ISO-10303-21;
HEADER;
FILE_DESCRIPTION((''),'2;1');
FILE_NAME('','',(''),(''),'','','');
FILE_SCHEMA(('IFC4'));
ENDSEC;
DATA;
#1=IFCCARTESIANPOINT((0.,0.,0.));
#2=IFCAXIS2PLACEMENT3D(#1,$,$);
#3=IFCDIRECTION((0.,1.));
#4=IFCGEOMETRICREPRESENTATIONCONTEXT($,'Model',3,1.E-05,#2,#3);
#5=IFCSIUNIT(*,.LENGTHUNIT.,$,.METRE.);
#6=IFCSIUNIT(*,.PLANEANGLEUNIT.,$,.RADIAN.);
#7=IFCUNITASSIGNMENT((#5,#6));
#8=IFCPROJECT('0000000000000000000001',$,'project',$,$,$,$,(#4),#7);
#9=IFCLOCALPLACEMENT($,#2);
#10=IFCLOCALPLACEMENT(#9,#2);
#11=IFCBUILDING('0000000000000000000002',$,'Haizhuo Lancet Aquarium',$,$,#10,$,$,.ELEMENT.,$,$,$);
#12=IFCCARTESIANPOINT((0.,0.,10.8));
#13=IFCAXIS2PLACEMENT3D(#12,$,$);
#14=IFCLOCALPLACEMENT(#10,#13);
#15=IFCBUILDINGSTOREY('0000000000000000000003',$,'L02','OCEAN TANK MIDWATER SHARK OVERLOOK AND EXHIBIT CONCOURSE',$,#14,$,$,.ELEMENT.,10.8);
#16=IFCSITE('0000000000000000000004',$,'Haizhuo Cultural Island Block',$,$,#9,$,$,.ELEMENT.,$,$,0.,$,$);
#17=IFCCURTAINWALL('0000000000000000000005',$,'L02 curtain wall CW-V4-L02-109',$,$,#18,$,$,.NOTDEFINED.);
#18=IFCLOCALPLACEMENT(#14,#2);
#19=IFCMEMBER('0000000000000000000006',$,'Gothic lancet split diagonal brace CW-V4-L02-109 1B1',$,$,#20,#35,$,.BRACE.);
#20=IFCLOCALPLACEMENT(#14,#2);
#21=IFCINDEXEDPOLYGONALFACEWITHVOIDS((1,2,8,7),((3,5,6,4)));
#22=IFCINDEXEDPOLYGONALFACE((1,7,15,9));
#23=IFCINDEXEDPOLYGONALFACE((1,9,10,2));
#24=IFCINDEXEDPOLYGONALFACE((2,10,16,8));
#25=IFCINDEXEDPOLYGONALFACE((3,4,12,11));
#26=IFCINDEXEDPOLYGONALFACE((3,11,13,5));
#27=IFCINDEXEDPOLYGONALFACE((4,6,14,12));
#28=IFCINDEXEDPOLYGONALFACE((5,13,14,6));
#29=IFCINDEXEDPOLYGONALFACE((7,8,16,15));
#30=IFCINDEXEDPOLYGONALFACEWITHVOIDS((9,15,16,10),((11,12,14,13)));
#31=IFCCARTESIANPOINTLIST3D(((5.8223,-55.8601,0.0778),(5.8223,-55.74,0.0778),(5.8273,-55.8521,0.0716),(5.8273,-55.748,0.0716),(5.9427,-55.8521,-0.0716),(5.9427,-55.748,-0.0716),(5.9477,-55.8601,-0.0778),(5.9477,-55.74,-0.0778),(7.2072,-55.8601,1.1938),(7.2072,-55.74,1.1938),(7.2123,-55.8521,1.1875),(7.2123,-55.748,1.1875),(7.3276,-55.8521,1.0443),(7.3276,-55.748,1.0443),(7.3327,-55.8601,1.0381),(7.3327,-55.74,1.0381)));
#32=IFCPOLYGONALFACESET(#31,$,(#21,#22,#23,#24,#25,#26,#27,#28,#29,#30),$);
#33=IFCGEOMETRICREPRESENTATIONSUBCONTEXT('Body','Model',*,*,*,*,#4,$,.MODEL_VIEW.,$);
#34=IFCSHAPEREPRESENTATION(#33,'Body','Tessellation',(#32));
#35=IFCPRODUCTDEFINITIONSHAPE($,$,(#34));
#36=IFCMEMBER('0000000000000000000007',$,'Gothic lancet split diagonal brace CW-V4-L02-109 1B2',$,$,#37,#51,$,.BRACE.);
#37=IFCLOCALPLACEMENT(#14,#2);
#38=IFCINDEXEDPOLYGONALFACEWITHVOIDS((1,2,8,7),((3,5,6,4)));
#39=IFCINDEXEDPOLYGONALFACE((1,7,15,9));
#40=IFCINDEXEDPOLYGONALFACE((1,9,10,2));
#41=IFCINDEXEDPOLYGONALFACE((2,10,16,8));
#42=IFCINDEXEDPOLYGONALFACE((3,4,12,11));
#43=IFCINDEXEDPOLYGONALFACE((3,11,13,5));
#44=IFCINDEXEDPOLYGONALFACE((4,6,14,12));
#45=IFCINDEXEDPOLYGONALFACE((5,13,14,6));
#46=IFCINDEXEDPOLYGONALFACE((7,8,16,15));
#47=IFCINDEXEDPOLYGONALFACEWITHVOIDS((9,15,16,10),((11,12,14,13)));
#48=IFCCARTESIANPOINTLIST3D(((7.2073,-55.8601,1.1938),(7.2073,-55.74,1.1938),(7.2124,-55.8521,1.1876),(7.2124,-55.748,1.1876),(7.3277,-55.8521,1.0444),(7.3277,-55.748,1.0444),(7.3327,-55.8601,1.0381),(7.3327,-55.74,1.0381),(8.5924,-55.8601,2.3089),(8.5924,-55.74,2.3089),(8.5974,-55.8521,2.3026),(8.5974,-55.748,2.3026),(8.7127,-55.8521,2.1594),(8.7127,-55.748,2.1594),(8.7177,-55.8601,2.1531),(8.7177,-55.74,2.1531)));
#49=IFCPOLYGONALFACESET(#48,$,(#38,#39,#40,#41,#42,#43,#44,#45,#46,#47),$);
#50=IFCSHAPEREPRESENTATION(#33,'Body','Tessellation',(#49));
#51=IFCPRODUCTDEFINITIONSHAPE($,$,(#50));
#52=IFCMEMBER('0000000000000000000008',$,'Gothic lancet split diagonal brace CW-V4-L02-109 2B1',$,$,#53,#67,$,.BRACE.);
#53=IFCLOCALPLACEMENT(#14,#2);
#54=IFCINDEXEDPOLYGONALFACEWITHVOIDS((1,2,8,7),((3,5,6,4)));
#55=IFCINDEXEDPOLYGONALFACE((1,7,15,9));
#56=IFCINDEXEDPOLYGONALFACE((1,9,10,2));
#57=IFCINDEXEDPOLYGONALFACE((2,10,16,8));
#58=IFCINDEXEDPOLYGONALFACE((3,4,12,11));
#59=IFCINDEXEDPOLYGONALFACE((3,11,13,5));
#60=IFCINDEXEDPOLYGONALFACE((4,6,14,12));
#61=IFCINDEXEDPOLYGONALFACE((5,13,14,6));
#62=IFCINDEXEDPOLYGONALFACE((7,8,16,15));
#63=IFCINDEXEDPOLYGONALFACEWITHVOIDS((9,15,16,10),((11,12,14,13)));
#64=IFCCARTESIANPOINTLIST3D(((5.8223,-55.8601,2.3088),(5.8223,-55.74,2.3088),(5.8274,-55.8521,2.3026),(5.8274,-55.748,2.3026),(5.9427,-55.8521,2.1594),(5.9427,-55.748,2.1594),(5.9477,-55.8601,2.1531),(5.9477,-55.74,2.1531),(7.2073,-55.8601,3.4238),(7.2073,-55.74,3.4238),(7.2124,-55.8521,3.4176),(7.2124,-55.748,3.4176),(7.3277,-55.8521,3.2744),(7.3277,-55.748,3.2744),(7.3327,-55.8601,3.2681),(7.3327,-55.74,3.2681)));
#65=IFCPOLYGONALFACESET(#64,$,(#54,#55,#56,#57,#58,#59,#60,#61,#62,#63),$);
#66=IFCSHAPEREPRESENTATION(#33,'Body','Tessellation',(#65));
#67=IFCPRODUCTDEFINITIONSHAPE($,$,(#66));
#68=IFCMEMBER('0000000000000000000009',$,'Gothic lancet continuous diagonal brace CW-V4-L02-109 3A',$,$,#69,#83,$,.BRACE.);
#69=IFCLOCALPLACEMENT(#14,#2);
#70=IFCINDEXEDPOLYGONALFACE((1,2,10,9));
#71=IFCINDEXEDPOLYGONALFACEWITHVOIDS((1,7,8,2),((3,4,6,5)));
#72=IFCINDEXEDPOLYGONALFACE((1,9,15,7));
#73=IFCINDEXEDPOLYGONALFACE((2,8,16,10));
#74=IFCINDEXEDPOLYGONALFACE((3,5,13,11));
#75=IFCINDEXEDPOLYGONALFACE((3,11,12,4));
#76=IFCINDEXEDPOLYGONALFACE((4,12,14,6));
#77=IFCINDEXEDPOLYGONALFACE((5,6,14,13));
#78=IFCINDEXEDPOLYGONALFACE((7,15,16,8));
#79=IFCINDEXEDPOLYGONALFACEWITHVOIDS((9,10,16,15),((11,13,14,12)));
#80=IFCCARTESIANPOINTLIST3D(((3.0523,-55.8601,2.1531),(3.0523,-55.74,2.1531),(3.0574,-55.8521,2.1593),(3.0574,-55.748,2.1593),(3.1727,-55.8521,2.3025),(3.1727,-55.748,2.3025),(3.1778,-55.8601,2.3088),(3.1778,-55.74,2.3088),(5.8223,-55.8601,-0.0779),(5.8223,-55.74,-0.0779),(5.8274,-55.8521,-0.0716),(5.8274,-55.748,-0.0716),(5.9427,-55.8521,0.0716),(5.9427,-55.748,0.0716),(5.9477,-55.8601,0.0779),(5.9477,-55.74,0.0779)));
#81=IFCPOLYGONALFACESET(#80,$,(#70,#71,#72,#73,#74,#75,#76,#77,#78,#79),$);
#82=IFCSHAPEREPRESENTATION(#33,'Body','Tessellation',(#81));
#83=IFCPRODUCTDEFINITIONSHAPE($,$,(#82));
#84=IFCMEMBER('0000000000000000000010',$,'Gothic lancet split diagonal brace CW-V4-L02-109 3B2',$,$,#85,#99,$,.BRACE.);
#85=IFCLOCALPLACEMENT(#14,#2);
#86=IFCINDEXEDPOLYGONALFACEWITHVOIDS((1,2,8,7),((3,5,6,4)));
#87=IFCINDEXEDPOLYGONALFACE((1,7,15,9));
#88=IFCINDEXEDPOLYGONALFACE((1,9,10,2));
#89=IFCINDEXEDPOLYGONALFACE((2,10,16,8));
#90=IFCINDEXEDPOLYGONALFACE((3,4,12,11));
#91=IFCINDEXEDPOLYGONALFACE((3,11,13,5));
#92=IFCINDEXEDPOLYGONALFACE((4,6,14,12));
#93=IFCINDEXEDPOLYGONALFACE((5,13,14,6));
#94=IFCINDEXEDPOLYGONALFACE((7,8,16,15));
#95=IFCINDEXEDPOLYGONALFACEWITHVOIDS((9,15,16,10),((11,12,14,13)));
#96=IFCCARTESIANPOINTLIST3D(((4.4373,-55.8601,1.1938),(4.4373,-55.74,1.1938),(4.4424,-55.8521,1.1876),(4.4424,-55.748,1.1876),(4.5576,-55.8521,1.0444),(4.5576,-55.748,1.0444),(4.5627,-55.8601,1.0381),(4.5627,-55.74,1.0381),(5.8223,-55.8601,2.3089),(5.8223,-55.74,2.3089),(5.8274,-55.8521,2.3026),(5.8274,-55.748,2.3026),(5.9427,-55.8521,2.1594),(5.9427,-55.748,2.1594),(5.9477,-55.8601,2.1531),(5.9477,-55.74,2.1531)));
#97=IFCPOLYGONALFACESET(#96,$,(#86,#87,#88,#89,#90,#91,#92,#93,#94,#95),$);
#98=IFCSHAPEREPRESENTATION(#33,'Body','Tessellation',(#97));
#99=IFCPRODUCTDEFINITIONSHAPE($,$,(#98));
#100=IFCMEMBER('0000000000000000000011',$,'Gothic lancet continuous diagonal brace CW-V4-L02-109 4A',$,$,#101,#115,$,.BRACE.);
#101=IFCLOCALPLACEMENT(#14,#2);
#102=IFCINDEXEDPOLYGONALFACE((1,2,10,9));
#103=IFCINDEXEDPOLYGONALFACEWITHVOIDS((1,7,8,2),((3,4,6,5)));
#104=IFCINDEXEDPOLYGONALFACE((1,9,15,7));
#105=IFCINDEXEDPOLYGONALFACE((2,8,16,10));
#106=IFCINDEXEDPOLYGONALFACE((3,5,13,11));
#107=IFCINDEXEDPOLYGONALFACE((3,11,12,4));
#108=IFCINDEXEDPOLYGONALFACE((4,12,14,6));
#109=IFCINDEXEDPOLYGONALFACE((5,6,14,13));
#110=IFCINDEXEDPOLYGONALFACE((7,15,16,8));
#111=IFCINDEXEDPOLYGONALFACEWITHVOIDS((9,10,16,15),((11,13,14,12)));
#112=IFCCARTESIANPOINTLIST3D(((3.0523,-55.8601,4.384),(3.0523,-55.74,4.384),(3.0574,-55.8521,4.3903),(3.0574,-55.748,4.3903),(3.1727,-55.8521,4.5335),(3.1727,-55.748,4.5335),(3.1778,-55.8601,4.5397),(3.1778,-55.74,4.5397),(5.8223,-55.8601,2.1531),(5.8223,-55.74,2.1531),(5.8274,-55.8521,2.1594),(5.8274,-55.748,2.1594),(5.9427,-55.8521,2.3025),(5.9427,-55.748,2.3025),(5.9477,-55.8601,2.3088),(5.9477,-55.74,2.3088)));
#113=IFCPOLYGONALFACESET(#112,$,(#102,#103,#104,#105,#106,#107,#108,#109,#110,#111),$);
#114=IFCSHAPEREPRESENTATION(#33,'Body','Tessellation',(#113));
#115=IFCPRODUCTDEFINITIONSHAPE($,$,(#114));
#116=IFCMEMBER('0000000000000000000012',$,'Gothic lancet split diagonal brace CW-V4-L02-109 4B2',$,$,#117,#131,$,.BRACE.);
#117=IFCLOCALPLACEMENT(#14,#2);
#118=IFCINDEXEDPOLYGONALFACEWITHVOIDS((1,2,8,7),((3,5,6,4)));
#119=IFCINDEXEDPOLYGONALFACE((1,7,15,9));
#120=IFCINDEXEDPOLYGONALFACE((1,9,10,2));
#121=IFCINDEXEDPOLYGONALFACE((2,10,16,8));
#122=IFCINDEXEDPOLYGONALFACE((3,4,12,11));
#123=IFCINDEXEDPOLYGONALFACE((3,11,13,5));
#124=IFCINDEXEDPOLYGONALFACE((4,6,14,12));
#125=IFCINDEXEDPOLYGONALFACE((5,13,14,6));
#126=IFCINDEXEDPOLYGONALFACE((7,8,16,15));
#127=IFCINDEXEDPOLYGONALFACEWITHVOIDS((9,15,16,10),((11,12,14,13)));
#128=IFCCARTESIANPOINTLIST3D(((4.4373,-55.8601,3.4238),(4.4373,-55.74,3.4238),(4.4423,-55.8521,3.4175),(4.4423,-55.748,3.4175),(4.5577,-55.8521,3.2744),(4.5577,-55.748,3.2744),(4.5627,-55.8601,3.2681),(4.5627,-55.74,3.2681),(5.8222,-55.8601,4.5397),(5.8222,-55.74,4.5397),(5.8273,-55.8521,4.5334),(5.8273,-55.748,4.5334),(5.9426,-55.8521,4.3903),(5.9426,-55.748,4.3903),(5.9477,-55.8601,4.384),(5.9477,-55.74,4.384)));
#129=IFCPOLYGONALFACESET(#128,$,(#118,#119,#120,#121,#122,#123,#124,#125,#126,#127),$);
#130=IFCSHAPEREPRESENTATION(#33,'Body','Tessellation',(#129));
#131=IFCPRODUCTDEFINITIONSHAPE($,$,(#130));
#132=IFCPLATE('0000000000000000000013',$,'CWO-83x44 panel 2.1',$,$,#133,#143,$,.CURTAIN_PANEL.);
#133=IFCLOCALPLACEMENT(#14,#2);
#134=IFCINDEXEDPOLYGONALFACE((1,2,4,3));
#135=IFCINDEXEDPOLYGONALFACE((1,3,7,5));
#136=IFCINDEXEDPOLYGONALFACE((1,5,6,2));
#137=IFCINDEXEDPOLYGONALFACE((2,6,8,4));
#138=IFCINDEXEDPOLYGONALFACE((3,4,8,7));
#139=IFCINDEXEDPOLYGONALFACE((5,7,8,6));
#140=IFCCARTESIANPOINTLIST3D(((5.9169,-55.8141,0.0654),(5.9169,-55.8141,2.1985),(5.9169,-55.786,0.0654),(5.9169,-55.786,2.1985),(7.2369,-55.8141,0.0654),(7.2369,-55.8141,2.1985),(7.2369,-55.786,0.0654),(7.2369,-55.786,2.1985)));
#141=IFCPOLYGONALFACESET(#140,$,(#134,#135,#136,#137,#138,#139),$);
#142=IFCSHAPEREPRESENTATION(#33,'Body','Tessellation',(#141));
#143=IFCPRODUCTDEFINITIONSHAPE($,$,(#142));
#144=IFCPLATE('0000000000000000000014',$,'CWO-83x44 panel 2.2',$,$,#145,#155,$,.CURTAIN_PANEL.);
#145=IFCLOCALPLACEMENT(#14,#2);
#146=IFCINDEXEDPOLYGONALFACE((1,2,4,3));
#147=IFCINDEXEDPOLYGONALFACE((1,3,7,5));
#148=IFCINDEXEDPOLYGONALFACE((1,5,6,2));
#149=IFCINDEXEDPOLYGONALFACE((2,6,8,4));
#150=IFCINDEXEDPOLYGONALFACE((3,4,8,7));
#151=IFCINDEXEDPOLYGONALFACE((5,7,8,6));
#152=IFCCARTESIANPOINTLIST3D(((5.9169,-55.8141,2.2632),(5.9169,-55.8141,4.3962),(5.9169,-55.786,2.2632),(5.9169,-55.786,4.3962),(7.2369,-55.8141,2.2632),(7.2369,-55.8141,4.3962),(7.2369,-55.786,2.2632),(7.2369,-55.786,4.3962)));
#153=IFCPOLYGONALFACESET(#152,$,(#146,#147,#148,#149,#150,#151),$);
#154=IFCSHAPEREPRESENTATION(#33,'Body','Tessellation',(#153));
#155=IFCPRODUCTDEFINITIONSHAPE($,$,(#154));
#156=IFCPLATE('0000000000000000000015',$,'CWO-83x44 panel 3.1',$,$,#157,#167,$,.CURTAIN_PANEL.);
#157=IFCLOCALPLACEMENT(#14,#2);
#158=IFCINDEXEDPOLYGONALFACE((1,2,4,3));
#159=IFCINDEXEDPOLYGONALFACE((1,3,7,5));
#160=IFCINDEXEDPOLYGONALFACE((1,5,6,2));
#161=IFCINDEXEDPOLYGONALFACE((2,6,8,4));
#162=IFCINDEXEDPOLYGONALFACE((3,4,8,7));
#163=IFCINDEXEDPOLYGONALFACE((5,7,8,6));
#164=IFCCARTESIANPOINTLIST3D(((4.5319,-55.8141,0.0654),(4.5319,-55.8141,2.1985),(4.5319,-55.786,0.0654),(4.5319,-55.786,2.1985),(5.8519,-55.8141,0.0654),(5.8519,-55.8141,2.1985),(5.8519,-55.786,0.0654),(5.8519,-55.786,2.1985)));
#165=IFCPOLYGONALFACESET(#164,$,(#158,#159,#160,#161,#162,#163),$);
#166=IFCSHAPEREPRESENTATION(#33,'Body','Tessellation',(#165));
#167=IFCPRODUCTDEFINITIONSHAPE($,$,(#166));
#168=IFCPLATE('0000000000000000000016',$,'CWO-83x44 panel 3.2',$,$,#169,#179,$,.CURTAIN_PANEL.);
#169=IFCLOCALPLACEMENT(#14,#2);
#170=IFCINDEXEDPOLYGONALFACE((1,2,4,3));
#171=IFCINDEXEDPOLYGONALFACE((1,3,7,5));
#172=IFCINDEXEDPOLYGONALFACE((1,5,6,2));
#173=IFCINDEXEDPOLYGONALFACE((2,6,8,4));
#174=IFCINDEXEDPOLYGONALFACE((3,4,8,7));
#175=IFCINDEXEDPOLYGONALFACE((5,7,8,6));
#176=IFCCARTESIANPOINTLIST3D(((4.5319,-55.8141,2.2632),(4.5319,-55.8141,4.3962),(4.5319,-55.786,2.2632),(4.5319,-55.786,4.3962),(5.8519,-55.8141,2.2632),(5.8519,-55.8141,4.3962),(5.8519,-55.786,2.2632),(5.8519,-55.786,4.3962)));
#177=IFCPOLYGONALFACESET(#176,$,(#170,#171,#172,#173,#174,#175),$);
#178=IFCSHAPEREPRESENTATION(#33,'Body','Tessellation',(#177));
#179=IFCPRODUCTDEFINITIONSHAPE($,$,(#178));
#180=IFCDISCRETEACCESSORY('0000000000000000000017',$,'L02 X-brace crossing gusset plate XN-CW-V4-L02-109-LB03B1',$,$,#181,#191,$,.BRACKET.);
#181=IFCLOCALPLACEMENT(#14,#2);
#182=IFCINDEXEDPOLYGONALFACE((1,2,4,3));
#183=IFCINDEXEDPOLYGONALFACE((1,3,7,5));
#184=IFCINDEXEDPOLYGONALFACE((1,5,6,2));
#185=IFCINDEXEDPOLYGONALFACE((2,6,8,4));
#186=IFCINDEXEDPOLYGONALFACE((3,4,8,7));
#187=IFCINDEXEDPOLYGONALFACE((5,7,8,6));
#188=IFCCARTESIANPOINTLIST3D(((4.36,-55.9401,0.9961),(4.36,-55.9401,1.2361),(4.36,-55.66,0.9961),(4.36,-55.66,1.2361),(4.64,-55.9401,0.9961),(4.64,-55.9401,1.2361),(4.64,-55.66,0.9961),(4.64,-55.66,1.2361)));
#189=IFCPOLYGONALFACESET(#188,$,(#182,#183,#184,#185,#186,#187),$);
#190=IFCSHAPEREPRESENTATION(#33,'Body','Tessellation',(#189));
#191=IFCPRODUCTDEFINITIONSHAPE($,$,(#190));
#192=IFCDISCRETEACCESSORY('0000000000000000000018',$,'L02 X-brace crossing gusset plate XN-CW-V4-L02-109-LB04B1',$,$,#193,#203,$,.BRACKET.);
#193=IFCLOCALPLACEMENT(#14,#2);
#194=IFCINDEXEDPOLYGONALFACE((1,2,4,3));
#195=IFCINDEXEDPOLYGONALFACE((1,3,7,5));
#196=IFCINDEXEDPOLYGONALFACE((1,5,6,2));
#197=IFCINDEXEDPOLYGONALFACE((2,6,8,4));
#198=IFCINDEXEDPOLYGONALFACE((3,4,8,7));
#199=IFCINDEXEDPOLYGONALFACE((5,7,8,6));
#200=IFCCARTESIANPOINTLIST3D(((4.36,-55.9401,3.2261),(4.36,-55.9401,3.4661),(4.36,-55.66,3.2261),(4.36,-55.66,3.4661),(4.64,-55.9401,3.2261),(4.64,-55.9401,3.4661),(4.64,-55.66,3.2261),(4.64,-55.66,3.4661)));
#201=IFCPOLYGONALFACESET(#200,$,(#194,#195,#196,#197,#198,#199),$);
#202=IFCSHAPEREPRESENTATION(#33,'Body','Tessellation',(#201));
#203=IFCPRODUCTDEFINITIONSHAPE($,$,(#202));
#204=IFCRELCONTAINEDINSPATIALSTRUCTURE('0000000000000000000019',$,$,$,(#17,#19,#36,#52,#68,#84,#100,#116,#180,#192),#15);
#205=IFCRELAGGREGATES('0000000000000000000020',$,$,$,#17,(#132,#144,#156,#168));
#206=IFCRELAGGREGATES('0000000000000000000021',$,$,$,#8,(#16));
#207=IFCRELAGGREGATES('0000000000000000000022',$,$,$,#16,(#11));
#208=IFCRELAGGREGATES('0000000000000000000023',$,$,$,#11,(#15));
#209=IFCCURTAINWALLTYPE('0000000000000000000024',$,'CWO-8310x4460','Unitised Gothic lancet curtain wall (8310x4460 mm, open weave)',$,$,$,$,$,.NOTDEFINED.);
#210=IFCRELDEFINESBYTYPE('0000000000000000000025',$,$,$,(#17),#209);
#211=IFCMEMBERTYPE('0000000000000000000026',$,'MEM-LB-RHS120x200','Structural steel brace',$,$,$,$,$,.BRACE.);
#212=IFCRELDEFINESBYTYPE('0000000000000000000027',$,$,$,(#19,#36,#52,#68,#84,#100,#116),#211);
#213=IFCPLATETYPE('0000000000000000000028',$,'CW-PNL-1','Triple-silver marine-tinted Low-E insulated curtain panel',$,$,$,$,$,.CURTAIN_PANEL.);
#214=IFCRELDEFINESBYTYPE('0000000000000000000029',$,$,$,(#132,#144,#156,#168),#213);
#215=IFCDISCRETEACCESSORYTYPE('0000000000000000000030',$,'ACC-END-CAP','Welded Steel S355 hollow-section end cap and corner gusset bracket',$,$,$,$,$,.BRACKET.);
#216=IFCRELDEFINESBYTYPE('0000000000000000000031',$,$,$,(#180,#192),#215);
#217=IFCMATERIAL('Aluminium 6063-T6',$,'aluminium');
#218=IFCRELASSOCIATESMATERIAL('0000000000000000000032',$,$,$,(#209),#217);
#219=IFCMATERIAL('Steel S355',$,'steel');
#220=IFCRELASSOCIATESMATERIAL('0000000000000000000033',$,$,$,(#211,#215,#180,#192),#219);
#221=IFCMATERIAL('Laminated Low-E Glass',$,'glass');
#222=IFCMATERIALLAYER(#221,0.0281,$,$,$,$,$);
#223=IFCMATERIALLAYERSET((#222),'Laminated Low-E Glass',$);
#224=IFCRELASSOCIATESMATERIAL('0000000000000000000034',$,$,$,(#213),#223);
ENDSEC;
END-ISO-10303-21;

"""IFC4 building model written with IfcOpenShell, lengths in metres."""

from ifc_helpers import new_model, si_unit, direction, frame, origin, origin_2d, place, context, subcontext, project, spatial, rectangle, hollow_rectangle, extrude, material, layer, layer_set, material_profile, profile_set, type_object, element, aggregate, save


model = new_model("IFC4")

# Units and contexts
model_context = context("Model", 3, precision=1e-05, world=origin(), true_north=direction((0.0, 1.0)))
body_context = subcontext(model_context, "Body", "Model", "MODEL_VIEW")
ifc_project = project(units=[si_unit("LENGTHUNIT", "METRE"), si_unit("PLANEANGLEUNIT", "RADIAN")], contexts=[model_context])

# Site, building, storey
site_placement = place(None, origin())
site = spatial("IfcSite", under=ifc_project, at=site_placement, Name="Haizhuo Cultural Island Block", CompositionType="ELEMENT", RefElevation=0.0)
building_placement = place(site_placement, origin())
building = spatial("IfcBuilding", under=site, at=building_placement, Name="Haizhuo Lancet Aquarium", CompositionType="ELEMENT")
storey_placement = place(building_placement, frame((0.0, 0.0, 10.8)))
storey = spatial("IfcBuildingStorey", under=building, at=storey_placement, Name="L02", Description="OCEAN TANK MIDWATER SHARK OVERLOOK AND EXHIBIT CONCOURSE", CompositionType="ELEMENT", Elevation=10.8)

# Curtain wall
ifc_material_1 = material(Name="Aluminium 6063-T6", Category="aluminium")
curtain_wall_type = type_object("IfcCurtainWallType", Name="CWO-8310x4460", Description="Unitised Gothic lancet curtain wall (8310x4460 mm, open weave)", PredefinedType="NOTDEFINED", material=ifc_material_1)
curtain_wall_placement = place(storey_placement, origin())
curtain_wall = element("IfcCurtainWall", 1, at=curtain_wall_placement, inside=storey, type_object=curtain_wall_type, Name="L02 curtain wall CW-V4-L02-109", PredefinedType="NOTDEFINED")

# Members
ifc_material_2 = material(Name="Steel S355", Category="steel")
ifc_material_profile_1 = material_profile(ifc_material_2, hollow_rectangle(XDim=0.1201, YDim=0.2, WallThickness=0.0081, at=origin_2d()), Name="RHS 120x200x8")
ifc_profile_set_1 = profile_set([ifc_material_profile_1], Name="Steel S355")
member_type_1 = type_object("IfcMemberType", Name="MEM-LB-RHS120x200", Description="Structural steel brace", PredefinedType="BRACE", material=ifc_profile_set_1)
member_1_placement = place(storey_placement, frame((5.885, -55.8, 0.0), z_axis=(0.778681, 0.0, 0.62742), x_axis=(0.0, 1.0, 0.0)))
element("IfcMember", 2, at=member_1_placement, inside=storey, type_object=member_type_1, Name="Gothic lancet split diagonal brace CW-V4-L02-109 1B1", PredefinedType="BRACE", context=body_context, shape_type="SweptSolid", body=[
    extrude(hollow_rectangle(XDim=0.1201, YDim=0.2, WallThickness=0.0081, at=origin_2d()), origin(), (0.0, 0.0, 1.0), 1.7786),
])
for number, where, z_axis, x_axis, name in (
    (3, (7.27, -55.8, 1.116), (0.77895, 0.0, 0.627087), (0.0, 1.0, 0.0), "Gothic lancet split diagonal brace CW-V4-L02-109 1B2"),
    (4, (5.885, -55.8, 2.231), (0.77895, 0.0, 0.627087), (0.0, 1.0, 0.0), "Gothic lancet split diagonal brace CW-V4-L02-109 2B1"),
):
    element("IfcMember", number, at=place(storey_placement, frame(where, z_axis=z_axis, x_axis=x_axis)), inside=storey, type_object=member_type_1, Name=name, PredefinedType="BRACE", context=body_context, shape_type="SweptSolid", body=[
        extrude(hollow_rectangle(XDim=0.1201, YDim=0.2, WallThickness=0.0081, at=origin_2d()), origin(), (0.0, 0.0, 1.0), 1.7781),
    ])
member_2_placement = place(storey_placement, frame((5.885, -55.8, 0.0), z_axis=(-0.778815, 0.0, 0.627253), x_axis=(0.0, -1.0, 0.0)))
element("IfcMember", 5, at=member_2_placement, inside=storey, type_object=member_type_1, Name="Gothic lancet continuous diagonal brace CW-V4-L02-109 3A", PredefinedType="BRACE", context=body_context, shape_type="SweptSolid", body=[
    extrude(hollow_rectangle(XDim=0.1201, YDim=0.2, WallThickness=0.0081, at=origin_2d()), origin(), (0.0, 0.0, 1.0), 3.5566),
])
member_3_placement = place(storey_placement, frame((4.5, -55.8, 1.116), z_axis=(0.77895, 0.0, 0.627087), x_axis=(0.0, 1.0, 0.0)))
element("IfcMember", 6, at=member_3_placement, inside=storey, type_object=member_type_1, Name="Gothic lancet split diagonal brace CW-V4-L02-109 3B2", PredefinedType="BRACE", context=body_context, shape_type="SweptSolid", body=[
    extrude(hollow_rectangle(XDim=0.1201, YDim=0.2, WallThickness=0.0081, at=origin_2d()), origin(), (0.0, 0.0, 1.0), 1.7781),
])
member_4_placement = place(storey_placement, frame((5.885, -55.8, 2.231), z_axis=(-0.778815, 0.0, 0.627253), x_axis=(0.0, -1.0, 0.0)))
element("IfcMember", 7, at=member_4_placement, inside=storey, type_object=member_type_1, Name="Gothic lancet continuous diagonal brace CW-V4-L02-109 4A", PredefinedType="BRACE", context=body_context, shape_type="SweptSolid", body=[
    extrude(hollow_rectangle(XDim=0.1201, YDim=0.2, WallThickness=0.0081, at=origin_2d()), origin(), (0.0, 0.0, 1.0), 3.5566),
])
member_5_placement = place(storey_placement, frame((4.5, -55.8, 3.3459), z_axis=(0.778681, 0.0, 0.62742), x_axis=(0.0, 1.0, 0.0)))
element("IfcMember", 8, at=member_5_placement, inside=storey, type_object=member_type_1, Name="Gothic lancet split diagonal brace CW-V4-L02-109 4B2", PredefinedType="BRACE", context=body_context, shape_type="SweptSolid", body=[
    extrude(hollow_rectangle(XDim=0.1201, YDim=0.2, WallThickness=0.0081, at=origin_2d()), origin(), (0.0, 0.0, 1.0), 1.7786),
])

# Plates
ifc_material_3 = material(Name="Laminated Low-E Glass", Category="glass")
ifc_layer = layer(ifc_material_3, 0.0281)
ifc_layer_set = layer_set([ifc_layer], Name="Laminated Low-E Glass")
plate_type = type_object("IfcPlateType", Name="CW-PNL-1", Description="Triple-silver marine-tinted Low-E insulated curtain panel", PredefinedType="CURTAIN_PANEL", material=ifc_layer_set)
plate_1_placement = place(storey_placement, frame((6.5769, -55.8, 0.0654), z_axis=(0.0, 0.0, 1.0), x_axis=(-1.0, 0.0, 0.0)))
plate_1 = element("IfcPlate", 9, at=plate_1_placement, type_object=plate_type, Name="CWO-83x44 panel 2.1", PredefinedType="CURTAIN_PANEL", context=body_context, shape_type="SweptSolid", body=[
    extrude(rectangle(XDim=1.3201, YDim=0.0281, at=origin_2d()), origin(), (0.0, 0.0, 1.0), 2.1331),
])
plate_2_placement = place(storey_placement, frame((6.5769, -55.8, 2.2632), z_axis=(0.0, 0.0, 1.0), x_axis=(-1.0, 0.0, 0.0)))
plate_2 = element("IfcPlate", 10, at=plate_2_placement, type_object=plate_type, Name="CWO-83x44 panel 2.2", PredefinedType="CURTAIN_PANEL", context=body_context, shape_type="SweptSolid", body=[
    extrude(rectangle(XDim=1.3201, YDim=0.0281, at=origin_2d()), origin(), (0.0, 0.0, 1.0), 2.1331),
])
plate_3_placement = place(storey_placement, frame((5.1919, -55.8, 0.0654), z_axis=(0.0, 0.0, 1.0), x_axis=(-1.0, 0.0, 0.0)))
plate_3 = element("IfcPlate", 11, at=plate_3_placement, type_object=plate_type, Name="CWO-83x44 panel 3.1", PredefinedType="CURTAIN_PANEL", context=body_context, shape_type="SweptSolid", body=[
    extrude(rectangle(XDim=1.3201, YDim=0.0281, at=origin_2d()), origin(), (0.0, 0.0, 1.0), 2.1331),
])
plate_4_placement = place(storey_placement, frame((5.1919, -55.8, 2.2632), z_axis=(0.0, 0.0, 1.0), x_axis=(-1.0, 0.0, 0.0)))
plate_4 = element("IfcPlate", 12, at=plate_4_placement, type_object=plate_type, Name="CWO-83x44 panel 3.2", PredefinedType="CURTAIN_PANEL", context=body_context, shape_type="SweptSolid", body=[
    extrude(rectangle(XDim=1.3201, YDim=0.0281, at=origin_2d()), origin(), (0.0, 0.0, 1.0), 2.1331),
])
aggregate(curtain_wall, [plate_1, plate_2, plate_3, plate_4])

# Discrete accessories
discrete_accessory_type = type_object("IfcDiscreteAccessoryType", Name="ACC-END-CAP", Description="Welded Steel S355 hollow-section end cap and corner gusset bracket", PredefinedType="BRACKET", material=ifc_material_2)
for number, where, z_axis, x_axis, name in (
    (13, (4.5, -55.8, 0.9961), (0.0, 0.0, 1.0), (1.0, 0.0, 0.0), "L02 X-brace crossing gusset plate XN-CW-V4-L02-109-LB03B1"),
    (14, (4.5, -55.8, 3.2261), (0.0, 0.0, 1.0), (1.0, 0.0, 0.0), "L02 X-brace crossing gusset plate XN-CW-V4-L02-109-LB04B1"),
):
    element("IfcDiscreteAccessory", number, at=place(storey_placement, frame(where, z_axis=z_axis, x_axis=x_axis)), inside=storey, type_object=discrete_accessory_type, material=ifc_material_2, Name=name, PredefinedType="BRACKET", context=body_context, shape_type="SweptSolid", body=[
        extrude(rectangle(XDim=0.28, YDim=0.28, at=origin_2d()), origin(), (0.0, 0.0, 1.0), 0.24),
    ])

save(model, "model.ifc")
